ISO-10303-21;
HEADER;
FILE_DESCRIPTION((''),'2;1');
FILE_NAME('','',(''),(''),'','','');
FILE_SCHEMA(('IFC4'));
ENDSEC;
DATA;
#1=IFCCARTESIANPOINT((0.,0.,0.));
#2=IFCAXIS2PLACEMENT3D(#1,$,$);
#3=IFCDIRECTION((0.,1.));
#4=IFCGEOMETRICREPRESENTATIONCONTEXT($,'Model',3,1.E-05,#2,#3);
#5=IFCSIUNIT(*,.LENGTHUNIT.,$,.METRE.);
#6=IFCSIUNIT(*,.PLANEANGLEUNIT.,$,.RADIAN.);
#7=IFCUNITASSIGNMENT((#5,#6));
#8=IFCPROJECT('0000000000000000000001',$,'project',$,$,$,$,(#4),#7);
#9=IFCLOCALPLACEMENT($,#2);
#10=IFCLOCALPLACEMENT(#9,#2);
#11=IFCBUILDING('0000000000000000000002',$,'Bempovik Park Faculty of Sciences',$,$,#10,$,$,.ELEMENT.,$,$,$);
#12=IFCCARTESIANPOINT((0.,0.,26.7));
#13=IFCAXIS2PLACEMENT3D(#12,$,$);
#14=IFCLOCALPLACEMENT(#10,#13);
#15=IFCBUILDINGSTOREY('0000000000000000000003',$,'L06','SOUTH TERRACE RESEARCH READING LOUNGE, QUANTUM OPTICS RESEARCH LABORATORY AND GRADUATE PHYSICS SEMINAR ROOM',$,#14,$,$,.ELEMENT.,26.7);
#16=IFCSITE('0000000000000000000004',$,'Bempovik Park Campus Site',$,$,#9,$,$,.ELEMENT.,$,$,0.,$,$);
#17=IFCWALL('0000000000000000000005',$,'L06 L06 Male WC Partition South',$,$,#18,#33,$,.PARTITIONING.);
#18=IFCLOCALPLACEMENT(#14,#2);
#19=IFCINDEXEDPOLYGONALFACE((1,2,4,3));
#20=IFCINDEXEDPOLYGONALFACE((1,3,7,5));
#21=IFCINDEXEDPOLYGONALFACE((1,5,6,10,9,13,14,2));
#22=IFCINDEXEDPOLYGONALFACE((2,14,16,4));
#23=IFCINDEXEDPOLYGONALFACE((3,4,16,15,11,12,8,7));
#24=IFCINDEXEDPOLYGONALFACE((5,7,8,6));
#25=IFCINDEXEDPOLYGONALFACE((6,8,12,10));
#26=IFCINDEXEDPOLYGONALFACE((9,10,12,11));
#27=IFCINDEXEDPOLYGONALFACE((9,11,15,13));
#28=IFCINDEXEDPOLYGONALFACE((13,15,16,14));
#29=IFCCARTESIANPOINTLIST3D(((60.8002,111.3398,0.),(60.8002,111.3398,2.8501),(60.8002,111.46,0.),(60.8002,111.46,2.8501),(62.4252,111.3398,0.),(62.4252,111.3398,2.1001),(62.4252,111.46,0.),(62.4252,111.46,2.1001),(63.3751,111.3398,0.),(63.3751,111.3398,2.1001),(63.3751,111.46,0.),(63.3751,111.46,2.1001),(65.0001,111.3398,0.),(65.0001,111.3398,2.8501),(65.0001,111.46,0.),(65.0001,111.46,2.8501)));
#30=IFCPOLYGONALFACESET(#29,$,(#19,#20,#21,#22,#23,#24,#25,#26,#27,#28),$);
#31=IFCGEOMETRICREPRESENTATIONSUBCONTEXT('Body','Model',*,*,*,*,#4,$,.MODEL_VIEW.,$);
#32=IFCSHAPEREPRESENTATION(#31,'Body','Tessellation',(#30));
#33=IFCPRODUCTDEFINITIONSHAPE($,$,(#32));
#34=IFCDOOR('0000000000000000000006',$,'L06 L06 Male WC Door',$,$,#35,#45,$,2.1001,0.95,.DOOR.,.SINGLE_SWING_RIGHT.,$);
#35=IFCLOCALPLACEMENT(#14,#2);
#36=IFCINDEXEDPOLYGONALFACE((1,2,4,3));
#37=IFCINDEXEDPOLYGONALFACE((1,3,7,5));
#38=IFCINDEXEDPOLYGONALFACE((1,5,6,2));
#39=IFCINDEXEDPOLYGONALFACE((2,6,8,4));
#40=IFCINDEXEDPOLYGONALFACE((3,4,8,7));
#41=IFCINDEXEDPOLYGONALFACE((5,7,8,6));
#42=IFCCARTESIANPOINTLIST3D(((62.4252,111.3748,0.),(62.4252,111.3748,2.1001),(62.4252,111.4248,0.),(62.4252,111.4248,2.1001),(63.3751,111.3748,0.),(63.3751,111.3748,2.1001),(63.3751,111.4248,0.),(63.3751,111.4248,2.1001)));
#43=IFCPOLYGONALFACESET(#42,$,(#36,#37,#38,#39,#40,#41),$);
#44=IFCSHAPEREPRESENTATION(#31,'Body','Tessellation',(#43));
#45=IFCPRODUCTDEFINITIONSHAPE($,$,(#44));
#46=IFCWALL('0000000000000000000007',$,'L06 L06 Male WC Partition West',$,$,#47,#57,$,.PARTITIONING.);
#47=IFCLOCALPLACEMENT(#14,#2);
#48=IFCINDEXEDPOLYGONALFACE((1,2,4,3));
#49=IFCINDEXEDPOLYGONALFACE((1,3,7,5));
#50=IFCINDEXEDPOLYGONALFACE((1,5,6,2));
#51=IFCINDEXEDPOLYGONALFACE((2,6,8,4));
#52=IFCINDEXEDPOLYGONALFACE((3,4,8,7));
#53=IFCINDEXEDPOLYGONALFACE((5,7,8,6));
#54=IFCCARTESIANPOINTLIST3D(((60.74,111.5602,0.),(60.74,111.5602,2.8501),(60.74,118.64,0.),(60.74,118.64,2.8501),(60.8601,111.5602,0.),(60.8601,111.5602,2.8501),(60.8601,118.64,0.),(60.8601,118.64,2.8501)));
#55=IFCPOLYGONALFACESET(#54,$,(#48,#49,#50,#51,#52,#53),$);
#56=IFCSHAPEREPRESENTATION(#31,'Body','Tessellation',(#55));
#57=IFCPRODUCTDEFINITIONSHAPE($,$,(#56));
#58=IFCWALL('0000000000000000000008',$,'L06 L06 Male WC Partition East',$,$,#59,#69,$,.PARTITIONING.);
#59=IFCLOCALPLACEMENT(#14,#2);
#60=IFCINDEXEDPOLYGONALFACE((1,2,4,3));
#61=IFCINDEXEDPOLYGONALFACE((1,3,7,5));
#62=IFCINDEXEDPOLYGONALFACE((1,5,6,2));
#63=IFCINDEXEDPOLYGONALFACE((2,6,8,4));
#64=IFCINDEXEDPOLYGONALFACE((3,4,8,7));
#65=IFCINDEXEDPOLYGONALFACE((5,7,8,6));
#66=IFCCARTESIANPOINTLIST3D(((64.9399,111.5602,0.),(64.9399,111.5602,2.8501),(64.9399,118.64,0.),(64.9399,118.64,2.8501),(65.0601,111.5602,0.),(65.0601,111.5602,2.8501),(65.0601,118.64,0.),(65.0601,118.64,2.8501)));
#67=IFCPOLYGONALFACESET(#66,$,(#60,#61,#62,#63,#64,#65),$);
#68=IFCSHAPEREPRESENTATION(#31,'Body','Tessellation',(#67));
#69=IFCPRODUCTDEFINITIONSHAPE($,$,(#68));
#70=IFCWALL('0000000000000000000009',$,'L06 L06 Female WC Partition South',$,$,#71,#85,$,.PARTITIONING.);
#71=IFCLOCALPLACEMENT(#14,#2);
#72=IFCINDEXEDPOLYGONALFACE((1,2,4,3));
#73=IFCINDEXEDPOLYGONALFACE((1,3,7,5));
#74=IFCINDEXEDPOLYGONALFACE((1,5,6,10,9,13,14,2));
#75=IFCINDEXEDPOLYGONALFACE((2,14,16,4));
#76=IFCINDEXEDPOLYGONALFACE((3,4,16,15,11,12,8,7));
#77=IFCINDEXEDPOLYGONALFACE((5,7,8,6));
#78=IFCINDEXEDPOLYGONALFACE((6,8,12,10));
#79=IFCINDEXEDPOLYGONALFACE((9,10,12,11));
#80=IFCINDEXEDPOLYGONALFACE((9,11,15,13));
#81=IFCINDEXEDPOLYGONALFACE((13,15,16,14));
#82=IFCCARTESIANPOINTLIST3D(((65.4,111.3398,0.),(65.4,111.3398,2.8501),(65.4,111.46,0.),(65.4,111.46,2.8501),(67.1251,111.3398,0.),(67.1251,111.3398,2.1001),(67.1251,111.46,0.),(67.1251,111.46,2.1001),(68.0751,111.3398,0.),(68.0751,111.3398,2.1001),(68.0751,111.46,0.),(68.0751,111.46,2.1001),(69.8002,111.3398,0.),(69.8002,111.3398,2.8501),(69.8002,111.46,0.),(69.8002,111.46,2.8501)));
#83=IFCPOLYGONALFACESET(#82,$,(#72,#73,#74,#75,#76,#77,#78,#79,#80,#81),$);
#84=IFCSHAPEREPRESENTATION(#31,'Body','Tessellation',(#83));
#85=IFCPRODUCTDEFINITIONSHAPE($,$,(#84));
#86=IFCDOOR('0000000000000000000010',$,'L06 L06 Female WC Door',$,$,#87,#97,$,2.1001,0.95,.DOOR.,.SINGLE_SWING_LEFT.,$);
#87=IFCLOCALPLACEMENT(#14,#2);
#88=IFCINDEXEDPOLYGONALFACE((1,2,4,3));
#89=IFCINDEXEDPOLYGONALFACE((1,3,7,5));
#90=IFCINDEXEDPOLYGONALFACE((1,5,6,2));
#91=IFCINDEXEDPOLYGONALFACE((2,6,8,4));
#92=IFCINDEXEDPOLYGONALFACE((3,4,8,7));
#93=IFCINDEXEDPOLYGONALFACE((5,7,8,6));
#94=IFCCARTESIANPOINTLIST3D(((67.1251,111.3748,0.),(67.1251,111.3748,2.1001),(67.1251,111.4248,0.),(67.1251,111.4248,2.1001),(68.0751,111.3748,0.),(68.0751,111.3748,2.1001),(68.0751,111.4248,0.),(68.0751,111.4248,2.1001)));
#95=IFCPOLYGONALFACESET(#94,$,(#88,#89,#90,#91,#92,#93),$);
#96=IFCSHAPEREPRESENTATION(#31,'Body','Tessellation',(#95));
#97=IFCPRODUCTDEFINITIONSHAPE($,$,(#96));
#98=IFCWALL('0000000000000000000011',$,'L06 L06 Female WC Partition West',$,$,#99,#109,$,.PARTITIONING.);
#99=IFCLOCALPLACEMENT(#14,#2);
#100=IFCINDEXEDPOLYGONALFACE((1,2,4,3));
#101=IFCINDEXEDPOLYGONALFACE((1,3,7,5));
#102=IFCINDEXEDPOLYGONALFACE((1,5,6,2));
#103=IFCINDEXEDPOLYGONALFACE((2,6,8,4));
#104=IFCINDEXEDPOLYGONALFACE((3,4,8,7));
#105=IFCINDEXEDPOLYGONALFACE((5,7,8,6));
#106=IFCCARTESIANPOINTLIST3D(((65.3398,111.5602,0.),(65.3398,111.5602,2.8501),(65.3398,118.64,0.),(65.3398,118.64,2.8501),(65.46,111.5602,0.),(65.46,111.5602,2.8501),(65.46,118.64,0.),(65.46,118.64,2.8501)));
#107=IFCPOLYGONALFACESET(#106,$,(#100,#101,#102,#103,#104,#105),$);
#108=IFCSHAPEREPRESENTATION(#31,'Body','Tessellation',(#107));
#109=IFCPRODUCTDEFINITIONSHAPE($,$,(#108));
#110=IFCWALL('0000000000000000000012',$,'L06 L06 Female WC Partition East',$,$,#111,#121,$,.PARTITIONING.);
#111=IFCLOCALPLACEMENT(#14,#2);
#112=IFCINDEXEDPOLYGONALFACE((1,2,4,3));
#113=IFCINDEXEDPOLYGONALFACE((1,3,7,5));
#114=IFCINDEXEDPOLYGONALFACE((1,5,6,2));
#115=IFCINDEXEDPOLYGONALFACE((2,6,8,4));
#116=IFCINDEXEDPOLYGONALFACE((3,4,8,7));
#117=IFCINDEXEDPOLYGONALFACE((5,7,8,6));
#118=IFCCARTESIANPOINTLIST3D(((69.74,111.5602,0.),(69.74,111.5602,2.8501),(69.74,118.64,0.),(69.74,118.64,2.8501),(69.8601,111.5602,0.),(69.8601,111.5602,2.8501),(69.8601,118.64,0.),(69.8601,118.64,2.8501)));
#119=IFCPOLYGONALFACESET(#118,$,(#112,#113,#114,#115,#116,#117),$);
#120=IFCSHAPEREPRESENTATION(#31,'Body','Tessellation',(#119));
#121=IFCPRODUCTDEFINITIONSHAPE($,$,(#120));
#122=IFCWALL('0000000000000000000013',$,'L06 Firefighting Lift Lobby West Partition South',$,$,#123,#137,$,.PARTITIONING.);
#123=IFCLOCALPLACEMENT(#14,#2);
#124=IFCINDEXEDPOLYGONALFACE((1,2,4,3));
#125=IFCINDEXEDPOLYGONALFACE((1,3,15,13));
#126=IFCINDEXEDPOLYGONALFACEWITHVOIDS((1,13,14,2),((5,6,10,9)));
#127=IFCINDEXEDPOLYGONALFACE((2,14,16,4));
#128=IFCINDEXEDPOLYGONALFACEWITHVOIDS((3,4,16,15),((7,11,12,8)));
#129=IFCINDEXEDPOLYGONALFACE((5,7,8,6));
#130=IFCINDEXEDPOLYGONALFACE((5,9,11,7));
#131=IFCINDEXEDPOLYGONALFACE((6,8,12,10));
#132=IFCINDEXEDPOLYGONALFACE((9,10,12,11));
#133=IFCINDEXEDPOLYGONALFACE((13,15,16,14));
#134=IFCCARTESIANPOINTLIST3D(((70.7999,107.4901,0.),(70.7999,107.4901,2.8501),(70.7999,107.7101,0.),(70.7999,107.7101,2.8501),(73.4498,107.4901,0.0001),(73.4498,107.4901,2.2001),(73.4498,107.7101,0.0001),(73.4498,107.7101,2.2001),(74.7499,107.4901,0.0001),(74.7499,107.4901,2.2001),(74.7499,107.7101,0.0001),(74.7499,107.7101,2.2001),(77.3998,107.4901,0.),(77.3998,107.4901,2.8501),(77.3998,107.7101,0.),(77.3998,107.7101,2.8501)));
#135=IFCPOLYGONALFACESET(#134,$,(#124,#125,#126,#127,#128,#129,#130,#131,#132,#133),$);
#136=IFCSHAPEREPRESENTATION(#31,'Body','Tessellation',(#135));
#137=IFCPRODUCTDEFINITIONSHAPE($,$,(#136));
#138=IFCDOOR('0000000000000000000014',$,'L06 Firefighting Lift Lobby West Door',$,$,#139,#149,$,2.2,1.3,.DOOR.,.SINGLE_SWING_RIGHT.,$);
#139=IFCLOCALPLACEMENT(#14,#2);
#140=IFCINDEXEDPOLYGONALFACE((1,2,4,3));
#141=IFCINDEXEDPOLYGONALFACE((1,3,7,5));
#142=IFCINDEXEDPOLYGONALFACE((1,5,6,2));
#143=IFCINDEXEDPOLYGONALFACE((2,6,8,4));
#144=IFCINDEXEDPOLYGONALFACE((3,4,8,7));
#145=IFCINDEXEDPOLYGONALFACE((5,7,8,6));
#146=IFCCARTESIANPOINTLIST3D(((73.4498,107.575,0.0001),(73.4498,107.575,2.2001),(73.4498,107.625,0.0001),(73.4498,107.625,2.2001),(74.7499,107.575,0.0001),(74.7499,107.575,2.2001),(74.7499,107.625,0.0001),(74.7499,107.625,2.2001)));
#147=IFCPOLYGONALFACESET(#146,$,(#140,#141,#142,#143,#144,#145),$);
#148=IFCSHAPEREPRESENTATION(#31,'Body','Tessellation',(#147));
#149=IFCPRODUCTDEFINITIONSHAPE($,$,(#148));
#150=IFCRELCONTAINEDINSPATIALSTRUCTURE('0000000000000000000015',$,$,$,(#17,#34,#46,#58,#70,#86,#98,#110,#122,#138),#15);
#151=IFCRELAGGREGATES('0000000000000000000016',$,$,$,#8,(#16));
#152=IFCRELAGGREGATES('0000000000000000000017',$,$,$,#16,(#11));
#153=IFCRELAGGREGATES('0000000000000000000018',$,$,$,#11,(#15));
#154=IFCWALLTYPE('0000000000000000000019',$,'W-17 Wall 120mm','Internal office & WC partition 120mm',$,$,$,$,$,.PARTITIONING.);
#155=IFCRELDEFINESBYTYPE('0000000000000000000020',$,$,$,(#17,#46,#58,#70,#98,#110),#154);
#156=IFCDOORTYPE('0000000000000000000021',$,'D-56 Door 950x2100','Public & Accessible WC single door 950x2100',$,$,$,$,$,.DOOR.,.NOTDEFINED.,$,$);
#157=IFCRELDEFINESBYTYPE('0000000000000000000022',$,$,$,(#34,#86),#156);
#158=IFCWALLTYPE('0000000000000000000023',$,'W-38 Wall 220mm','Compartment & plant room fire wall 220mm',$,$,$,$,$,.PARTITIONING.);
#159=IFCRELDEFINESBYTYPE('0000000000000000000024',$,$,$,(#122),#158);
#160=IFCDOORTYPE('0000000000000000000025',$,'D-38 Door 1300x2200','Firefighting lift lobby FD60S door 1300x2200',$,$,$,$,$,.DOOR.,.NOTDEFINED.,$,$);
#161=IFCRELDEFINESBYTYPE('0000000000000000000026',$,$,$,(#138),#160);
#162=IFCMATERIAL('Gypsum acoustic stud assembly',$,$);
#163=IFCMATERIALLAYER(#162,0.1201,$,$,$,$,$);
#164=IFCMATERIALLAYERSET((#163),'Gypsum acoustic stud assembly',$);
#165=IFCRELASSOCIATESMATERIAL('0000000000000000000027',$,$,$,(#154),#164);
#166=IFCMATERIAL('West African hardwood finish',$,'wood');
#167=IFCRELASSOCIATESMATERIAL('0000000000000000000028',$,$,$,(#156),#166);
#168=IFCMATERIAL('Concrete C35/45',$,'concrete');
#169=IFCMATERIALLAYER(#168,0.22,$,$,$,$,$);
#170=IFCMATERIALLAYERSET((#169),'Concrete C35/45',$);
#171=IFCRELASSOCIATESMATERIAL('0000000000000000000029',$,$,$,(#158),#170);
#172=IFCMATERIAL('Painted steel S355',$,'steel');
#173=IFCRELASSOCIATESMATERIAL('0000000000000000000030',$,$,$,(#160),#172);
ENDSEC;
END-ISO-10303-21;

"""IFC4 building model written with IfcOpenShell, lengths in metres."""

from ifc_helpers import new_model, si_unit, direction, frame, frame_2d, origin, place, context, subcontext, project, spatial, rectangle, extrude, material, layer, layer_set, type_object, element, fill, save


model = new_model("IFC4")

# Units and contexts
model_context = context("Model", 3, precision=1e-05, world=origin(), true_north=direction((0.0, 1.0)))
body_context = subcontext(model_context, "Body", "Model", "MODEL_VIEW")
ifc_project = project(units=[si_unit("LENGTHUNIT", "METRE"), si_unit("PLANEANGLEUNIT", "RADIAN")], contexts=[model_context])

# Site, building, storey
site_placement = place(None, origin())
site = spatial("IfcSite", under=ifc_project, at=site_placement, Name="Bempovik Park Campus Site", CompositionType="ELEMENT", RefElevation=0.0)
building_placement = place(site_placement, origin())
building = spatial("IfcBuilding", under=site, at=building_placement, Name="Bempovik Park Faculty of Sciences", CompositionType="ELEMENT")
storey_placement = place(building_placement, frame((0.0, 0.0, 26.7)))
storey = spatial("IfcBuildingStorey", under=building, at=storey_placement, Name="L06", Description="SOUTH TERRACE RESEARCH READING LOUNGE, QUANTUM OPTICS RESEARCH LABORATORY AND GRADUATE PHYSICS SEMINAR ROOM", CompositionType="ELEMENT", Elevation=26.7)

# Shared definitions
ifc_material_1 = material(Name="Concrete C35/45", Category="concrete")

# Shared definitions
ifc_material_2 = material(Name="Painted steel S355", Category="steel")

# Wall, opening, door
ifc_material_3 = material(Name="Gypsum acoustic stud assembly")
ifc_layer_1 = layer(ifc_material_3, 0.1201)
ifc_layer_set_1 = layer_set([ifc_layer_1], Name="Gypsum acoustic stud assembly")
wall_type_1 = type_object("IfcWallType", Name="W-17 Wall 120mm", Description="Internal office & WC partition 120mm", PredefinedType="PARTITIONING", material=ifc_layer_set_1)
wall_1_placement = place(storey_placement, frame((60.8, 111.3999, 0.0), z_axis=(0.0, 0.0, 1.0), x_axis=(1.0, 0.0, 0.0)))
wall_1 = element("IfcWall", 1, at=wall_1_placement, inside=storey, type_object=wall_type_1, Name="L06 L06 Male WC Partition South", PredefinedType="PARTITIONING", context=body_context, shape_type="SweptSolid", body=[
    extrude(rectangle(XDim=4.2, YDim=0.1201, at=frame_2d((2.1001, 0.0))), origin(), (0.0, 0.0, 1.0), 2.8501),
])
opening_1_placement = place(wall_1_placement, frame((1.625, 0.0, 0.0)))
opening_1 = element("IfcOpeningElement", 2, at=opening_1_placement, cuts=wall_1, PredefinedType="OPENING", context=body_context, shape_type="SweptSolid", body=[
    extrude(rectangle(XDim=0.95, YDim=2.1001, at=frame_2d((0.4751, 1.05))), frame((0.0, 0.0701, 0.0), z_axis=(0.0, -1.0, 0.0), x_axis=(1.0, 0.0, 0.0)), (0.0, 0.0, 1.0), 0.1401),
])
ifc_material_4 = material(Name="West African hardwood finish", Category="wood")
door_type_1 = type_object("IfcDoorType", Name="D-56 Door 950x2100", Description="Public & Accessible WC single door 950x2100", OperationType="NOTDEFINED", PredefinedType="DOOR", material=ifc_material_4)
door_1_placement = place(opening_1_placement, origin())
door_1 = element("IfcDoor", 3, at=door_1_placement, inside=storey, type_object=door_type_1, Name="L06 L06 Male WC Door", OperationType="SINGLE_SWING_RIGHT", OverallHeight=2.1001, OverallWidth=0.95, PredefinedType="DOOR", context=body_context, shape_type="SweptSolid", body=[
    extrude(rectangle(XDim=0.95, YDim=2.1001, at=frame_2d((0.4751, 1.05))), frame((0.0, 0.0249, 0.0), z_axis=(0.0, -1.0, 0.0), x_axis=(1.0, 0.0, 0.0)), (0.0, 0.0, 1.0), 0.05),
])
fill(opening_1, door_1)

# Walls
for number, where, z_axis, x_axis, name in (
    (4, (60.8, 111.5601, 0.0), (0.0, 0.0, 1.0), (0.0, 1.0, 0.0), "L06 L06 Male WC Partition West"),
    (5, (65.0, 111.5601, 0.0), (0.0, 0.0, 1.0), (0.0, 1.0, 0.0), "L06 L06 Male WC Partition East"),
):
    element("IfcWall", number, at=place(storey_placement, frame(where, z_axis=z_axis, x_axis=x_axis)), inside=storey, type_object=wall_type_1, Name=name, PredefinedType="PARTITIONING", context=body_context, shape_type="SweptSolid", body=[
        extrude(rectangle(XDim=7.0798, YDim=0.1201, at=frame_2d((3.54, 0.0))), origin(), (0.0, 0.0, 1.0), 2.8501),
    ])

# Wall, opening, door
wall_2_placement = place(storey_placement, frame((65.3999, 111.3999, 0.0), z_axis=(0.0, 0.0, 1.0), x_axis=(1.0, 0.0, 0.0)))
wall_2 = element("IfcWall", 6, at=wall_2_placement, inside=storey, type_object=wall_type_1, Name="L06 L06 Female WC Partition South", PredefinedType="PARTITIONING", context=body_context, shape_type="SweptSolid", body=[
    extrude(rectangle(XDim=4.4001, YDim=0.1201, at=frame_2d((2.2002, 0.0))), origin(), (0.0, 0.0, 1.0), 2.8501),
])
opening_2_placement = place(wall_2_placement, frame((1.7251, 0.0, 0.0)))
opening_2 = element("IfcOpeningElement", 7, at=opening_2_placement, cuts=wall_2, PredefinedType="OPENING", context=body_context, shape_type="SweptSolid", body=[
    extrude(rectangle(XDim=0.95, YDim=2.1001, at=frame_2d((0.4751, 1.05))), frame((0.0, 0.0701, 0.0), z_axis=(0.0, -1.0, 0.0), x_axis=(1.0, 0.0, 0.0)), (0.0, 0.0, 1.0), 0.1401),
])
door_2_placement = place(opening_2_placement, origin())
door_2 = element("IfcDoor", 8, at=door_2_placement, inside=storey, type_object=door_type_1, Name="L06 L06 Female WC Door", OperationType="SINGLE_SWING_LEFT", OverallHeight=2.1001, OverallWidth=0.95, PredefinedType="DOOR", context=body_context, shape_type="SweptSolid", body=[
    extrude(rectangle(XDim=0.95, YDim=2.1001, at=frame_2d((0.4751, 1.05))), frame((0.0, 0.0249, 0.0), z_axis=(0.0, -1.0, 0.0), x_axis=(1.0, 0.0, 0.0)), (0.0, 0.0, 1.0), 0.05),
])
fill(opening_2, door_2)

# Walls
for number, where, z_axis, x_axis, name in (
    (9, (65.3999, 111.5601, 0.0), (0.0, 0.0, 1.0), (0.0, 1.0, 0.0), "L06 L06 Female WC Partition West"),
    (10, (69.8, 111.5601, 0.0), (0.0, 0.0, 1.0), (0.0, 1.0, 0.0), "L06 L06 Female WC Partition East"),
):
    element("IfcWall", number, at=place(storey_placement, frame(where, z_axis=z_axis, x_axis=x_axis)), inside=storey, type_object=wall_type_1, Name=name, PredefinedType="PARTITIONING", context=body_context, shape_type="SweptSolid", body=[
        extrude(rectangle(XDim=7.0798, YDim=0.1201, at=frame_2d((3.54, 0.0))), origin(), (0.0, 0.0, 1.0), 2.8501),
    ])

# Wall, opening, door
ifc_layer_2 = layer(ifc_material_1, 0.22)
ifc_layer_set_2 = layer_set([ifc_layer_2], Name="Concrete C35/45")
wall_type_2 = type_object("IfcWallType", Name="W-38 Wall 220mm", Description="Compartment & plant room fire wall 220mm", PredefinedType="PARTITIONING", material=ifc_layer_set_2)
wall_3_placement = place(storey_placement, frame((70.8, 107.6001, 0.0), z_axis=(0.0, 0.0, 1.0), x_axis=(1.0, 0.0, 0.0)))
wall_3 = element("IfcWall", 11, at=wall_3_placement, inside=storey, type_object=wall_type_2, Name="L06 Firefighting Lift Lobby West Partition South", PredefinedType="PARTITIONING", context=body_context, shape_type="SweptSolid", body=[
    extrude(rectangle(XDim=6.5999, YDim=0.22, at=frame_2d((3.2998, 0.0))), origin(), (0.0, 0.0, 1.0), 2.8501),
])
opening_3_placement = place(wall_3_placement, frame((2.6499, 0.0, 0.0)))
opening_3 = element("IfcOpeningElement", 12, at=opening_3_placement, cuts=wall_3, PredefinedType="OPENING", context=body_context, shape_type="SweptSolid", body=[
    extrude(rectangle(XDim=1.3, YDim=2.2, at=frame_2d((0.6499, 1.1001))), frame((0.0, 0.1201, 0.0), z_axis=(0.0, -1.0, 0.0), x_axis=(1.0, 0.0, 0.0)), (0.0, 0.0, 1.0), 0.24),
])
door_type_2 = type_object("IfcDoorType", Name="D-38 Door 1300x2200", Description="Firefighting lift lobby FD60S door 1300x2200", OperationType="NOTDEFINED", PredefinedType="DOOR", material=ifc_material_2)
door_3_placement = place(opening_3_placement, origin())
door_3 = element("IfcDoor", 13, at=door_3_placement, inside=storey, type_object=door_type_2, Name="L06 Firefighting Lift Lobby West Door", OperationType="SINGLE_SWING_RIGHT", OverallHeight=2.2, OverallWidth=1.3, PredefinedType="DOOR", context=body_context, shape_type="SweptSolid", body=[
    extrude(rectangle(XDim=1.3, YDim=2.2, at=frame_2d((0.6499, 1.1001))), frame((0.0, 0.0249, 0.0), z_axis=(0.0, -1.0, 0.0), x_axis=(1.0, 0.0, 0.0)), (0.0, 0.0, 1.0), 0.05),
])
fill(opening_3, door_3)

save(model, "model.ifc")
